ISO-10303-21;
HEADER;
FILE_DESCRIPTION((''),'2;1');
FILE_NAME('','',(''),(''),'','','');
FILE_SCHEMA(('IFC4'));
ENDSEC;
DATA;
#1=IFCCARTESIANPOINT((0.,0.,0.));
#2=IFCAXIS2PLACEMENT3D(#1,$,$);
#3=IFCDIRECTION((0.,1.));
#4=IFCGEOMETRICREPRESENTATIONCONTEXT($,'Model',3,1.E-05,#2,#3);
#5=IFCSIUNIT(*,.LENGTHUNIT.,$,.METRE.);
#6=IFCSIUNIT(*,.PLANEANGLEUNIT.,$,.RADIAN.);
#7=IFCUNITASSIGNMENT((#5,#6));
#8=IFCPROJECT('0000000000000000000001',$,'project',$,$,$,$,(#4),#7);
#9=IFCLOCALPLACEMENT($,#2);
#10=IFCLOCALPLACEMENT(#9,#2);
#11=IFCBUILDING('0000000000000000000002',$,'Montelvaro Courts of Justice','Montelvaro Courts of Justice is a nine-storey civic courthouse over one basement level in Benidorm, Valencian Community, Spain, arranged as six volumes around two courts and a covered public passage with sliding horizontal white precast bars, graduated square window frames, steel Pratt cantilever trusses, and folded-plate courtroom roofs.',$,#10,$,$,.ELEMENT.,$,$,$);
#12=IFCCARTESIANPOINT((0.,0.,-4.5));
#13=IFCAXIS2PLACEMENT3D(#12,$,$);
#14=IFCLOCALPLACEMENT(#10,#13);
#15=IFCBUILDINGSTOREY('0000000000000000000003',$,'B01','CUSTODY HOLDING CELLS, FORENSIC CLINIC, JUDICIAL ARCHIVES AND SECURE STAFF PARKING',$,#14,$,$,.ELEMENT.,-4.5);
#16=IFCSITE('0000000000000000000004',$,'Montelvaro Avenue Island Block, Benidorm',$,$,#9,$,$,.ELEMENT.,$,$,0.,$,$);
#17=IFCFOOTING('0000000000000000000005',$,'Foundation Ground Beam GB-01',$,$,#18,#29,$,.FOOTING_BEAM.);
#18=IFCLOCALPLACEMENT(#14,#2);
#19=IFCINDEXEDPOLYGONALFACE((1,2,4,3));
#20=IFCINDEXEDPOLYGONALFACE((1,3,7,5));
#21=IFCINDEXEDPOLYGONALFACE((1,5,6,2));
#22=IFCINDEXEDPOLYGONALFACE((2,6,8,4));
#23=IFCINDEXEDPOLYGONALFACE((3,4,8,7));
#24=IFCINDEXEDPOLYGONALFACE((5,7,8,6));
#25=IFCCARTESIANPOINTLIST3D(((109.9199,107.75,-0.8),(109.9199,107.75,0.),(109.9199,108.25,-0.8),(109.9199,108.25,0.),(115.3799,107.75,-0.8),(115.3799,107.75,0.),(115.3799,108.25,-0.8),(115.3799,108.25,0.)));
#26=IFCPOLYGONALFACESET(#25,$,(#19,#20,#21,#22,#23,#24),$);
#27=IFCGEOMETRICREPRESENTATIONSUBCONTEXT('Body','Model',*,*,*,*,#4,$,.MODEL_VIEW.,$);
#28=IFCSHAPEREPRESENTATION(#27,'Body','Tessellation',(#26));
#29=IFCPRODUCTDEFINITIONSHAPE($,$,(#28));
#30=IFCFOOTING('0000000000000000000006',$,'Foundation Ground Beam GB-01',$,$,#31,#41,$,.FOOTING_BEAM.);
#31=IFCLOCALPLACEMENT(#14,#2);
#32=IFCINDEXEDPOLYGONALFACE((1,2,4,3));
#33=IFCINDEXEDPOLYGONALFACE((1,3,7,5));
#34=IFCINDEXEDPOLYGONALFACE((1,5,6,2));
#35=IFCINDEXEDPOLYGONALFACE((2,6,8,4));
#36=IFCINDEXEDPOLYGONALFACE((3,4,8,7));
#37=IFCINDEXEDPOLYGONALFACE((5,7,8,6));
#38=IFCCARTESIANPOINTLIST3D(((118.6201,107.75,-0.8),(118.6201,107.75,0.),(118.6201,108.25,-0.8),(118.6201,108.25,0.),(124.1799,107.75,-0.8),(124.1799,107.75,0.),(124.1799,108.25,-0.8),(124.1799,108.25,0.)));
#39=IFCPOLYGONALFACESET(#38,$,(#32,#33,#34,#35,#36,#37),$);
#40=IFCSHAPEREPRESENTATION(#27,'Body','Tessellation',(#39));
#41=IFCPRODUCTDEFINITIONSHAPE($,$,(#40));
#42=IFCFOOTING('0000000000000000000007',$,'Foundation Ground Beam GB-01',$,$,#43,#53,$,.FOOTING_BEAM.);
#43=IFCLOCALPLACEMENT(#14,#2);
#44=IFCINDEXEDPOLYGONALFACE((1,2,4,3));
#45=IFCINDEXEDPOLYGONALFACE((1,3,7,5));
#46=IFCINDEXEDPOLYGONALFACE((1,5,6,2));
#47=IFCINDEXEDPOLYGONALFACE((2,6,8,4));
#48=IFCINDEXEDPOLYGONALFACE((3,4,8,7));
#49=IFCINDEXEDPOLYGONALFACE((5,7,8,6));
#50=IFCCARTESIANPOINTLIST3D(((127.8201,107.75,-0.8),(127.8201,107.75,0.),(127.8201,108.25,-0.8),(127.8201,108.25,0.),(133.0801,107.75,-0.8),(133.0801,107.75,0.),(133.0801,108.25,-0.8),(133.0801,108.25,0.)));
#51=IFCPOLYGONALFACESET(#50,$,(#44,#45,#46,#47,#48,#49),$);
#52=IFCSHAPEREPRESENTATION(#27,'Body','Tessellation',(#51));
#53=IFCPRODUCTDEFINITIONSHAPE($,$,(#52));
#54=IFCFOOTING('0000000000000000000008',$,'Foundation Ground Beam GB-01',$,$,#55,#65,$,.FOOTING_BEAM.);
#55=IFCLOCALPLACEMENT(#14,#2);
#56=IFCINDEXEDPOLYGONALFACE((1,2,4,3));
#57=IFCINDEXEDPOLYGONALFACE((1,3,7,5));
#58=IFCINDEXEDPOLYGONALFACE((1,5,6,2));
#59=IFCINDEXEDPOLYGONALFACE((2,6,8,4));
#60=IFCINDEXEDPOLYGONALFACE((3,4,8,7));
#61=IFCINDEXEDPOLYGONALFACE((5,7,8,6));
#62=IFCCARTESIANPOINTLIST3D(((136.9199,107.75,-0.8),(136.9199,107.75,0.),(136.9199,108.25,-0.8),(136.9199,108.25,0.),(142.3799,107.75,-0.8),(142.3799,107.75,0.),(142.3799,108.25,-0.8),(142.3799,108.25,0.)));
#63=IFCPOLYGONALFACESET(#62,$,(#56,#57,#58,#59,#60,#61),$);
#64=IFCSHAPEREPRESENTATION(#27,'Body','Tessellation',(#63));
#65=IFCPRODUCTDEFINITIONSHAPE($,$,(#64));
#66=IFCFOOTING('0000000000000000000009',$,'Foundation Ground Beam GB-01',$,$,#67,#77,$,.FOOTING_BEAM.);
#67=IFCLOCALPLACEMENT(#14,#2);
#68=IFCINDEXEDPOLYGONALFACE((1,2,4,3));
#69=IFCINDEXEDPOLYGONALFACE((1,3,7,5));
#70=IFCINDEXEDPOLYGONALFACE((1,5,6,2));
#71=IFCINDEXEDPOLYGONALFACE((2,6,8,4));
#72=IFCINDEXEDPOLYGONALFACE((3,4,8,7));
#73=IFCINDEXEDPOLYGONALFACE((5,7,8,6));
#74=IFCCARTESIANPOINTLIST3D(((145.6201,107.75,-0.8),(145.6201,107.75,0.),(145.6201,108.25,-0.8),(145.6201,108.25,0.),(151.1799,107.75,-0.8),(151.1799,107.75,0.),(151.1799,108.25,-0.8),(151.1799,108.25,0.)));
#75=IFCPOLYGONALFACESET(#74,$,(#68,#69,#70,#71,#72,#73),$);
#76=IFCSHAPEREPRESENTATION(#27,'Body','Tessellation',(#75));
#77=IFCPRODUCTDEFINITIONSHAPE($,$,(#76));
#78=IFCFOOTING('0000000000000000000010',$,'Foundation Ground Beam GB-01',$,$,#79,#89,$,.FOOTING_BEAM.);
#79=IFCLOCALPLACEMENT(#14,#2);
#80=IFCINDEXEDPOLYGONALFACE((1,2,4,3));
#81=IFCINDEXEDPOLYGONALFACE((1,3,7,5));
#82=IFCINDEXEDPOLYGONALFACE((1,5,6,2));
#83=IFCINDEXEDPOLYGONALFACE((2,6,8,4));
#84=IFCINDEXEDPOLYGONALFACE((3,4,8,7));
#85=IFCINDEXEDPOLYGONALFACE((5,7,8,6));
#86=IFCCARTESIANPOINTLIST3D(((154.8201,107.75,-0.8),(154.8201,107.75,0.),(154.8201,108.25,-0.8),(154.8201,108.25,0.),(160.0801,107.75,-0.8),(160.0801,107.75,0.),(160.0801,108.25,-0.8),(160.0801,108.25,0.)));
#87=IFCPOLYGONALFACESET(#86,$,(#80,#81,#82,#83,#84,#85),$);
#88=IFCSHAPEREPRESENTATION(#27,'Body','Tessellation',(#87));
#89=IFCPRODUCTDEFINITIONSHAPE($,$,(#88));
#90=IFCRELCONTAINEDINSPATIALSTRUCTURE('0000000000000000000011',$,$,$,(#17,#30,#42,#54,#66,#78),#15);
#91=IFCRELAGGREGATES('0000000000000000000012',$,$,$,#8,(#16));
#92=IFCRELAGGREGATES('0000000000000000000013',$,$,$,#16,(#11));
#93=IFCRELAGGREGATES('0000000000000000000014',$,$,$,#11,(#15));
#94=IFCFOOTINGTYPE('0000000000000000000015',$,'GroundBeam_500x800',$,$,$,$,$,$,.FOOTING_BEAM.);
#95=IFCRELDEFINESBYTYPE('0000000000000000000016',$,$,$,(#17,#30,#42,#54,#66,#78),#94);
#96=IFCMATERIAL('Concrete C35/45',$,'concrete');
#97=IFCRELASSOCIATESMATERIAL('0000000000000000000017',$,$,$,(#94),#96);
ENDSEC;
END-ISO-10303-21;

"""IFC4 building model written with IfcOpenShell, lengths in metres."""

from ifc_helpers import new_model, si_unit, direction, frame, origin, place, context, subcontext, project, spatial, polyline, outline, extrude, material, type_object, element, save


model = new_model("IFC4")

# Units and contexts
model_context = context("Model", 3, precision=1e-05, world=origin(), true_north=direction((0.0, 1.0)))
body_context = subcontext(model_context, "Body", "Model", "MODEL_VIEW")
ifc_project = project(units=[si_unit("LENGTHUNIT", "METRE"), si_unit("PLANEANGLEUNIT", "RADIAN")], contexts=[model_context])

# Site, building, storey
site_placement = place(None, origin())
site = spatial("IfcSite", under=ifc_project, at=site_placement, Name="Montelvaro Avenue Island Block, Benidorm", CompositionType="ELEMENT", RefElevation=0.0)
building_placement = place(site_placement, origin())
building = spatial("IfcBuilding", under=site, at=building_placement, Name="Montelvaro Courts of Justice", Description="Montelvaro Courts of Justice is a nine-storey civic courthouse over one basement level in Benidorm, Valencian Community, Spain, arranged as six volumes around two courts and a covered public passage with sliding horizontal white precast bars, graduated square window frames, steel Pratt cantilever trusses, and folded-plate courtroom roofs.", CompositionType="ELEMENT")
storey_placement = place(building_placement, frame((0.0, 0.0, -4.5)))
storey = spatial("IfcBuildingStorey", under=building, at=storey_placement, Name="B01", Description="CUSTODY HOLDING CELLS, FORENSIC CLINIC, JUDICIAL ARCHIVES AND SECURE STAFF PARKING", CompositionType="ELEMENT", Elevation=-4.5)

# Footings
ifc_material = material(Name="Concrete C35/45", Category="concrete")
footing_type = type_object("IfcFootingType", Name="GroundBeam_500x800", PredefinedType="FOOTING_BEAM", material=ifc_material)
footing_1_placement = place(storey_placement, frame((0.0, 0.0, -0.8)))
element("IfcFooting", 1, at=footing_1_placement, inside=storey, type_object=footing_type, Name="Foundation Ground Beam GB-01", PredefinedType="FOOTING_BEAM", context=body_context, shape_type="SweptSolid", body=[
    extrude(outline(polyline([(109.9199, 107.75), (115.3799, 107.75), (115.3799, 108.25), (109.9199, 108.25), (109.9199, 107.75)])), origin(), (0.0, 0.0, 1.0), 0.8),
])
footing_2_placement = place(storey_placement, frame((0.0, 0.0, -0.8)))
element("IfcFooting", 2, at=footing_2_placement, inside=storey, type_object=footing_type, Name="Foundation Ground Beam GB-01", PredefinedType="FOOTING_BEAM", context=body_context, shape_type="SweptSolid", body=[
    extrude(outline(polyline([(118.6201, 107.75), (124.1799, 107.75), (124.1799, 108.25), (118.6201, 108.25), (118.6201, 107.75)])), origin(), (0.0, 0.0, 1.0), 0.8),
])
footing_3_placement = place(storey_placement, frame((0.0, 0.0, -0.8)))
element("IfcFooting", 3, at=footing_3_placement, inside=storey, type_object=footing_type, Name="Foundation Ground Beam GB-01", PredefinedType="FOOTING_BEAM", context=body_context, shape_type="SweptSolid", body=[
    extrude(outline(polyline([(127.8201, 107.75), (133.0801, 107.75), (133.0801, 108.25), (127.8201, 108.25), (127.8201, 107.75)])), origin(), (0.0, 0.0, 1.0), 0.8),
])
footing_4_placement = place(storey_placement, frame((0.0, 0.0, -0.8)))
element("IfcFooting", 4, at=footing_4_placement, inside=storey, type_object=footing_type, Name="Foundation Ground Beam GB-01", PredefinedType="FOOTING_BEAM", context=body_context, shape_type="SweptSolid", body=[
    extrude(outline(polyline([(136.9199, 107.75), (142.3799, 107.75), (142.3799, 108.25), (136.9199, 108.25), (136.9199, 107.75)])), origin(), (0.0, 0.0, 1.0), 0.8),
])
footing_5_placement = place(storey_placement, frame((0.0, 0.0, -0.8)))
element("IfcFooting", 5, at=footing_5_placement, inside=storey, type_object=footing_type, Name="Foundation Ground Beam GB-01", PredefinedType="FOOTING_BEAM", context=body_context, shape_type="SweptSolid", body=[
    extrude(outline(polyline([(145.6201, 107.75), (151.1799, 107.75), (151.1799, 108.25), (145.6201, 108.25), (145.6201, 107.75)])), origin(), (0.0, 0.0, 1.0), 0.8),
])
footing_6_placement = place(storey_placement, frame((0.0, 0.0, -0.8)))
element("IfcFooting", 6, at=footing_6_placement, inside=storey, type_object=footing_type, Name="Foundation Ground Beam GB-01", PredefinedType="FOOTING_BEAM", context=body_context, shape_type="SweptSolid", body=[
    extrude(outline(polyline([(154.8201, 107.75), (160.0801, 107.75), (160.0801, 108.25), (154.8201, 108.25), (154.8201, 107.75)])), origin(), (0.0, 0.0, 1.0), 0.8),
])

save(model, "model.ifc")
